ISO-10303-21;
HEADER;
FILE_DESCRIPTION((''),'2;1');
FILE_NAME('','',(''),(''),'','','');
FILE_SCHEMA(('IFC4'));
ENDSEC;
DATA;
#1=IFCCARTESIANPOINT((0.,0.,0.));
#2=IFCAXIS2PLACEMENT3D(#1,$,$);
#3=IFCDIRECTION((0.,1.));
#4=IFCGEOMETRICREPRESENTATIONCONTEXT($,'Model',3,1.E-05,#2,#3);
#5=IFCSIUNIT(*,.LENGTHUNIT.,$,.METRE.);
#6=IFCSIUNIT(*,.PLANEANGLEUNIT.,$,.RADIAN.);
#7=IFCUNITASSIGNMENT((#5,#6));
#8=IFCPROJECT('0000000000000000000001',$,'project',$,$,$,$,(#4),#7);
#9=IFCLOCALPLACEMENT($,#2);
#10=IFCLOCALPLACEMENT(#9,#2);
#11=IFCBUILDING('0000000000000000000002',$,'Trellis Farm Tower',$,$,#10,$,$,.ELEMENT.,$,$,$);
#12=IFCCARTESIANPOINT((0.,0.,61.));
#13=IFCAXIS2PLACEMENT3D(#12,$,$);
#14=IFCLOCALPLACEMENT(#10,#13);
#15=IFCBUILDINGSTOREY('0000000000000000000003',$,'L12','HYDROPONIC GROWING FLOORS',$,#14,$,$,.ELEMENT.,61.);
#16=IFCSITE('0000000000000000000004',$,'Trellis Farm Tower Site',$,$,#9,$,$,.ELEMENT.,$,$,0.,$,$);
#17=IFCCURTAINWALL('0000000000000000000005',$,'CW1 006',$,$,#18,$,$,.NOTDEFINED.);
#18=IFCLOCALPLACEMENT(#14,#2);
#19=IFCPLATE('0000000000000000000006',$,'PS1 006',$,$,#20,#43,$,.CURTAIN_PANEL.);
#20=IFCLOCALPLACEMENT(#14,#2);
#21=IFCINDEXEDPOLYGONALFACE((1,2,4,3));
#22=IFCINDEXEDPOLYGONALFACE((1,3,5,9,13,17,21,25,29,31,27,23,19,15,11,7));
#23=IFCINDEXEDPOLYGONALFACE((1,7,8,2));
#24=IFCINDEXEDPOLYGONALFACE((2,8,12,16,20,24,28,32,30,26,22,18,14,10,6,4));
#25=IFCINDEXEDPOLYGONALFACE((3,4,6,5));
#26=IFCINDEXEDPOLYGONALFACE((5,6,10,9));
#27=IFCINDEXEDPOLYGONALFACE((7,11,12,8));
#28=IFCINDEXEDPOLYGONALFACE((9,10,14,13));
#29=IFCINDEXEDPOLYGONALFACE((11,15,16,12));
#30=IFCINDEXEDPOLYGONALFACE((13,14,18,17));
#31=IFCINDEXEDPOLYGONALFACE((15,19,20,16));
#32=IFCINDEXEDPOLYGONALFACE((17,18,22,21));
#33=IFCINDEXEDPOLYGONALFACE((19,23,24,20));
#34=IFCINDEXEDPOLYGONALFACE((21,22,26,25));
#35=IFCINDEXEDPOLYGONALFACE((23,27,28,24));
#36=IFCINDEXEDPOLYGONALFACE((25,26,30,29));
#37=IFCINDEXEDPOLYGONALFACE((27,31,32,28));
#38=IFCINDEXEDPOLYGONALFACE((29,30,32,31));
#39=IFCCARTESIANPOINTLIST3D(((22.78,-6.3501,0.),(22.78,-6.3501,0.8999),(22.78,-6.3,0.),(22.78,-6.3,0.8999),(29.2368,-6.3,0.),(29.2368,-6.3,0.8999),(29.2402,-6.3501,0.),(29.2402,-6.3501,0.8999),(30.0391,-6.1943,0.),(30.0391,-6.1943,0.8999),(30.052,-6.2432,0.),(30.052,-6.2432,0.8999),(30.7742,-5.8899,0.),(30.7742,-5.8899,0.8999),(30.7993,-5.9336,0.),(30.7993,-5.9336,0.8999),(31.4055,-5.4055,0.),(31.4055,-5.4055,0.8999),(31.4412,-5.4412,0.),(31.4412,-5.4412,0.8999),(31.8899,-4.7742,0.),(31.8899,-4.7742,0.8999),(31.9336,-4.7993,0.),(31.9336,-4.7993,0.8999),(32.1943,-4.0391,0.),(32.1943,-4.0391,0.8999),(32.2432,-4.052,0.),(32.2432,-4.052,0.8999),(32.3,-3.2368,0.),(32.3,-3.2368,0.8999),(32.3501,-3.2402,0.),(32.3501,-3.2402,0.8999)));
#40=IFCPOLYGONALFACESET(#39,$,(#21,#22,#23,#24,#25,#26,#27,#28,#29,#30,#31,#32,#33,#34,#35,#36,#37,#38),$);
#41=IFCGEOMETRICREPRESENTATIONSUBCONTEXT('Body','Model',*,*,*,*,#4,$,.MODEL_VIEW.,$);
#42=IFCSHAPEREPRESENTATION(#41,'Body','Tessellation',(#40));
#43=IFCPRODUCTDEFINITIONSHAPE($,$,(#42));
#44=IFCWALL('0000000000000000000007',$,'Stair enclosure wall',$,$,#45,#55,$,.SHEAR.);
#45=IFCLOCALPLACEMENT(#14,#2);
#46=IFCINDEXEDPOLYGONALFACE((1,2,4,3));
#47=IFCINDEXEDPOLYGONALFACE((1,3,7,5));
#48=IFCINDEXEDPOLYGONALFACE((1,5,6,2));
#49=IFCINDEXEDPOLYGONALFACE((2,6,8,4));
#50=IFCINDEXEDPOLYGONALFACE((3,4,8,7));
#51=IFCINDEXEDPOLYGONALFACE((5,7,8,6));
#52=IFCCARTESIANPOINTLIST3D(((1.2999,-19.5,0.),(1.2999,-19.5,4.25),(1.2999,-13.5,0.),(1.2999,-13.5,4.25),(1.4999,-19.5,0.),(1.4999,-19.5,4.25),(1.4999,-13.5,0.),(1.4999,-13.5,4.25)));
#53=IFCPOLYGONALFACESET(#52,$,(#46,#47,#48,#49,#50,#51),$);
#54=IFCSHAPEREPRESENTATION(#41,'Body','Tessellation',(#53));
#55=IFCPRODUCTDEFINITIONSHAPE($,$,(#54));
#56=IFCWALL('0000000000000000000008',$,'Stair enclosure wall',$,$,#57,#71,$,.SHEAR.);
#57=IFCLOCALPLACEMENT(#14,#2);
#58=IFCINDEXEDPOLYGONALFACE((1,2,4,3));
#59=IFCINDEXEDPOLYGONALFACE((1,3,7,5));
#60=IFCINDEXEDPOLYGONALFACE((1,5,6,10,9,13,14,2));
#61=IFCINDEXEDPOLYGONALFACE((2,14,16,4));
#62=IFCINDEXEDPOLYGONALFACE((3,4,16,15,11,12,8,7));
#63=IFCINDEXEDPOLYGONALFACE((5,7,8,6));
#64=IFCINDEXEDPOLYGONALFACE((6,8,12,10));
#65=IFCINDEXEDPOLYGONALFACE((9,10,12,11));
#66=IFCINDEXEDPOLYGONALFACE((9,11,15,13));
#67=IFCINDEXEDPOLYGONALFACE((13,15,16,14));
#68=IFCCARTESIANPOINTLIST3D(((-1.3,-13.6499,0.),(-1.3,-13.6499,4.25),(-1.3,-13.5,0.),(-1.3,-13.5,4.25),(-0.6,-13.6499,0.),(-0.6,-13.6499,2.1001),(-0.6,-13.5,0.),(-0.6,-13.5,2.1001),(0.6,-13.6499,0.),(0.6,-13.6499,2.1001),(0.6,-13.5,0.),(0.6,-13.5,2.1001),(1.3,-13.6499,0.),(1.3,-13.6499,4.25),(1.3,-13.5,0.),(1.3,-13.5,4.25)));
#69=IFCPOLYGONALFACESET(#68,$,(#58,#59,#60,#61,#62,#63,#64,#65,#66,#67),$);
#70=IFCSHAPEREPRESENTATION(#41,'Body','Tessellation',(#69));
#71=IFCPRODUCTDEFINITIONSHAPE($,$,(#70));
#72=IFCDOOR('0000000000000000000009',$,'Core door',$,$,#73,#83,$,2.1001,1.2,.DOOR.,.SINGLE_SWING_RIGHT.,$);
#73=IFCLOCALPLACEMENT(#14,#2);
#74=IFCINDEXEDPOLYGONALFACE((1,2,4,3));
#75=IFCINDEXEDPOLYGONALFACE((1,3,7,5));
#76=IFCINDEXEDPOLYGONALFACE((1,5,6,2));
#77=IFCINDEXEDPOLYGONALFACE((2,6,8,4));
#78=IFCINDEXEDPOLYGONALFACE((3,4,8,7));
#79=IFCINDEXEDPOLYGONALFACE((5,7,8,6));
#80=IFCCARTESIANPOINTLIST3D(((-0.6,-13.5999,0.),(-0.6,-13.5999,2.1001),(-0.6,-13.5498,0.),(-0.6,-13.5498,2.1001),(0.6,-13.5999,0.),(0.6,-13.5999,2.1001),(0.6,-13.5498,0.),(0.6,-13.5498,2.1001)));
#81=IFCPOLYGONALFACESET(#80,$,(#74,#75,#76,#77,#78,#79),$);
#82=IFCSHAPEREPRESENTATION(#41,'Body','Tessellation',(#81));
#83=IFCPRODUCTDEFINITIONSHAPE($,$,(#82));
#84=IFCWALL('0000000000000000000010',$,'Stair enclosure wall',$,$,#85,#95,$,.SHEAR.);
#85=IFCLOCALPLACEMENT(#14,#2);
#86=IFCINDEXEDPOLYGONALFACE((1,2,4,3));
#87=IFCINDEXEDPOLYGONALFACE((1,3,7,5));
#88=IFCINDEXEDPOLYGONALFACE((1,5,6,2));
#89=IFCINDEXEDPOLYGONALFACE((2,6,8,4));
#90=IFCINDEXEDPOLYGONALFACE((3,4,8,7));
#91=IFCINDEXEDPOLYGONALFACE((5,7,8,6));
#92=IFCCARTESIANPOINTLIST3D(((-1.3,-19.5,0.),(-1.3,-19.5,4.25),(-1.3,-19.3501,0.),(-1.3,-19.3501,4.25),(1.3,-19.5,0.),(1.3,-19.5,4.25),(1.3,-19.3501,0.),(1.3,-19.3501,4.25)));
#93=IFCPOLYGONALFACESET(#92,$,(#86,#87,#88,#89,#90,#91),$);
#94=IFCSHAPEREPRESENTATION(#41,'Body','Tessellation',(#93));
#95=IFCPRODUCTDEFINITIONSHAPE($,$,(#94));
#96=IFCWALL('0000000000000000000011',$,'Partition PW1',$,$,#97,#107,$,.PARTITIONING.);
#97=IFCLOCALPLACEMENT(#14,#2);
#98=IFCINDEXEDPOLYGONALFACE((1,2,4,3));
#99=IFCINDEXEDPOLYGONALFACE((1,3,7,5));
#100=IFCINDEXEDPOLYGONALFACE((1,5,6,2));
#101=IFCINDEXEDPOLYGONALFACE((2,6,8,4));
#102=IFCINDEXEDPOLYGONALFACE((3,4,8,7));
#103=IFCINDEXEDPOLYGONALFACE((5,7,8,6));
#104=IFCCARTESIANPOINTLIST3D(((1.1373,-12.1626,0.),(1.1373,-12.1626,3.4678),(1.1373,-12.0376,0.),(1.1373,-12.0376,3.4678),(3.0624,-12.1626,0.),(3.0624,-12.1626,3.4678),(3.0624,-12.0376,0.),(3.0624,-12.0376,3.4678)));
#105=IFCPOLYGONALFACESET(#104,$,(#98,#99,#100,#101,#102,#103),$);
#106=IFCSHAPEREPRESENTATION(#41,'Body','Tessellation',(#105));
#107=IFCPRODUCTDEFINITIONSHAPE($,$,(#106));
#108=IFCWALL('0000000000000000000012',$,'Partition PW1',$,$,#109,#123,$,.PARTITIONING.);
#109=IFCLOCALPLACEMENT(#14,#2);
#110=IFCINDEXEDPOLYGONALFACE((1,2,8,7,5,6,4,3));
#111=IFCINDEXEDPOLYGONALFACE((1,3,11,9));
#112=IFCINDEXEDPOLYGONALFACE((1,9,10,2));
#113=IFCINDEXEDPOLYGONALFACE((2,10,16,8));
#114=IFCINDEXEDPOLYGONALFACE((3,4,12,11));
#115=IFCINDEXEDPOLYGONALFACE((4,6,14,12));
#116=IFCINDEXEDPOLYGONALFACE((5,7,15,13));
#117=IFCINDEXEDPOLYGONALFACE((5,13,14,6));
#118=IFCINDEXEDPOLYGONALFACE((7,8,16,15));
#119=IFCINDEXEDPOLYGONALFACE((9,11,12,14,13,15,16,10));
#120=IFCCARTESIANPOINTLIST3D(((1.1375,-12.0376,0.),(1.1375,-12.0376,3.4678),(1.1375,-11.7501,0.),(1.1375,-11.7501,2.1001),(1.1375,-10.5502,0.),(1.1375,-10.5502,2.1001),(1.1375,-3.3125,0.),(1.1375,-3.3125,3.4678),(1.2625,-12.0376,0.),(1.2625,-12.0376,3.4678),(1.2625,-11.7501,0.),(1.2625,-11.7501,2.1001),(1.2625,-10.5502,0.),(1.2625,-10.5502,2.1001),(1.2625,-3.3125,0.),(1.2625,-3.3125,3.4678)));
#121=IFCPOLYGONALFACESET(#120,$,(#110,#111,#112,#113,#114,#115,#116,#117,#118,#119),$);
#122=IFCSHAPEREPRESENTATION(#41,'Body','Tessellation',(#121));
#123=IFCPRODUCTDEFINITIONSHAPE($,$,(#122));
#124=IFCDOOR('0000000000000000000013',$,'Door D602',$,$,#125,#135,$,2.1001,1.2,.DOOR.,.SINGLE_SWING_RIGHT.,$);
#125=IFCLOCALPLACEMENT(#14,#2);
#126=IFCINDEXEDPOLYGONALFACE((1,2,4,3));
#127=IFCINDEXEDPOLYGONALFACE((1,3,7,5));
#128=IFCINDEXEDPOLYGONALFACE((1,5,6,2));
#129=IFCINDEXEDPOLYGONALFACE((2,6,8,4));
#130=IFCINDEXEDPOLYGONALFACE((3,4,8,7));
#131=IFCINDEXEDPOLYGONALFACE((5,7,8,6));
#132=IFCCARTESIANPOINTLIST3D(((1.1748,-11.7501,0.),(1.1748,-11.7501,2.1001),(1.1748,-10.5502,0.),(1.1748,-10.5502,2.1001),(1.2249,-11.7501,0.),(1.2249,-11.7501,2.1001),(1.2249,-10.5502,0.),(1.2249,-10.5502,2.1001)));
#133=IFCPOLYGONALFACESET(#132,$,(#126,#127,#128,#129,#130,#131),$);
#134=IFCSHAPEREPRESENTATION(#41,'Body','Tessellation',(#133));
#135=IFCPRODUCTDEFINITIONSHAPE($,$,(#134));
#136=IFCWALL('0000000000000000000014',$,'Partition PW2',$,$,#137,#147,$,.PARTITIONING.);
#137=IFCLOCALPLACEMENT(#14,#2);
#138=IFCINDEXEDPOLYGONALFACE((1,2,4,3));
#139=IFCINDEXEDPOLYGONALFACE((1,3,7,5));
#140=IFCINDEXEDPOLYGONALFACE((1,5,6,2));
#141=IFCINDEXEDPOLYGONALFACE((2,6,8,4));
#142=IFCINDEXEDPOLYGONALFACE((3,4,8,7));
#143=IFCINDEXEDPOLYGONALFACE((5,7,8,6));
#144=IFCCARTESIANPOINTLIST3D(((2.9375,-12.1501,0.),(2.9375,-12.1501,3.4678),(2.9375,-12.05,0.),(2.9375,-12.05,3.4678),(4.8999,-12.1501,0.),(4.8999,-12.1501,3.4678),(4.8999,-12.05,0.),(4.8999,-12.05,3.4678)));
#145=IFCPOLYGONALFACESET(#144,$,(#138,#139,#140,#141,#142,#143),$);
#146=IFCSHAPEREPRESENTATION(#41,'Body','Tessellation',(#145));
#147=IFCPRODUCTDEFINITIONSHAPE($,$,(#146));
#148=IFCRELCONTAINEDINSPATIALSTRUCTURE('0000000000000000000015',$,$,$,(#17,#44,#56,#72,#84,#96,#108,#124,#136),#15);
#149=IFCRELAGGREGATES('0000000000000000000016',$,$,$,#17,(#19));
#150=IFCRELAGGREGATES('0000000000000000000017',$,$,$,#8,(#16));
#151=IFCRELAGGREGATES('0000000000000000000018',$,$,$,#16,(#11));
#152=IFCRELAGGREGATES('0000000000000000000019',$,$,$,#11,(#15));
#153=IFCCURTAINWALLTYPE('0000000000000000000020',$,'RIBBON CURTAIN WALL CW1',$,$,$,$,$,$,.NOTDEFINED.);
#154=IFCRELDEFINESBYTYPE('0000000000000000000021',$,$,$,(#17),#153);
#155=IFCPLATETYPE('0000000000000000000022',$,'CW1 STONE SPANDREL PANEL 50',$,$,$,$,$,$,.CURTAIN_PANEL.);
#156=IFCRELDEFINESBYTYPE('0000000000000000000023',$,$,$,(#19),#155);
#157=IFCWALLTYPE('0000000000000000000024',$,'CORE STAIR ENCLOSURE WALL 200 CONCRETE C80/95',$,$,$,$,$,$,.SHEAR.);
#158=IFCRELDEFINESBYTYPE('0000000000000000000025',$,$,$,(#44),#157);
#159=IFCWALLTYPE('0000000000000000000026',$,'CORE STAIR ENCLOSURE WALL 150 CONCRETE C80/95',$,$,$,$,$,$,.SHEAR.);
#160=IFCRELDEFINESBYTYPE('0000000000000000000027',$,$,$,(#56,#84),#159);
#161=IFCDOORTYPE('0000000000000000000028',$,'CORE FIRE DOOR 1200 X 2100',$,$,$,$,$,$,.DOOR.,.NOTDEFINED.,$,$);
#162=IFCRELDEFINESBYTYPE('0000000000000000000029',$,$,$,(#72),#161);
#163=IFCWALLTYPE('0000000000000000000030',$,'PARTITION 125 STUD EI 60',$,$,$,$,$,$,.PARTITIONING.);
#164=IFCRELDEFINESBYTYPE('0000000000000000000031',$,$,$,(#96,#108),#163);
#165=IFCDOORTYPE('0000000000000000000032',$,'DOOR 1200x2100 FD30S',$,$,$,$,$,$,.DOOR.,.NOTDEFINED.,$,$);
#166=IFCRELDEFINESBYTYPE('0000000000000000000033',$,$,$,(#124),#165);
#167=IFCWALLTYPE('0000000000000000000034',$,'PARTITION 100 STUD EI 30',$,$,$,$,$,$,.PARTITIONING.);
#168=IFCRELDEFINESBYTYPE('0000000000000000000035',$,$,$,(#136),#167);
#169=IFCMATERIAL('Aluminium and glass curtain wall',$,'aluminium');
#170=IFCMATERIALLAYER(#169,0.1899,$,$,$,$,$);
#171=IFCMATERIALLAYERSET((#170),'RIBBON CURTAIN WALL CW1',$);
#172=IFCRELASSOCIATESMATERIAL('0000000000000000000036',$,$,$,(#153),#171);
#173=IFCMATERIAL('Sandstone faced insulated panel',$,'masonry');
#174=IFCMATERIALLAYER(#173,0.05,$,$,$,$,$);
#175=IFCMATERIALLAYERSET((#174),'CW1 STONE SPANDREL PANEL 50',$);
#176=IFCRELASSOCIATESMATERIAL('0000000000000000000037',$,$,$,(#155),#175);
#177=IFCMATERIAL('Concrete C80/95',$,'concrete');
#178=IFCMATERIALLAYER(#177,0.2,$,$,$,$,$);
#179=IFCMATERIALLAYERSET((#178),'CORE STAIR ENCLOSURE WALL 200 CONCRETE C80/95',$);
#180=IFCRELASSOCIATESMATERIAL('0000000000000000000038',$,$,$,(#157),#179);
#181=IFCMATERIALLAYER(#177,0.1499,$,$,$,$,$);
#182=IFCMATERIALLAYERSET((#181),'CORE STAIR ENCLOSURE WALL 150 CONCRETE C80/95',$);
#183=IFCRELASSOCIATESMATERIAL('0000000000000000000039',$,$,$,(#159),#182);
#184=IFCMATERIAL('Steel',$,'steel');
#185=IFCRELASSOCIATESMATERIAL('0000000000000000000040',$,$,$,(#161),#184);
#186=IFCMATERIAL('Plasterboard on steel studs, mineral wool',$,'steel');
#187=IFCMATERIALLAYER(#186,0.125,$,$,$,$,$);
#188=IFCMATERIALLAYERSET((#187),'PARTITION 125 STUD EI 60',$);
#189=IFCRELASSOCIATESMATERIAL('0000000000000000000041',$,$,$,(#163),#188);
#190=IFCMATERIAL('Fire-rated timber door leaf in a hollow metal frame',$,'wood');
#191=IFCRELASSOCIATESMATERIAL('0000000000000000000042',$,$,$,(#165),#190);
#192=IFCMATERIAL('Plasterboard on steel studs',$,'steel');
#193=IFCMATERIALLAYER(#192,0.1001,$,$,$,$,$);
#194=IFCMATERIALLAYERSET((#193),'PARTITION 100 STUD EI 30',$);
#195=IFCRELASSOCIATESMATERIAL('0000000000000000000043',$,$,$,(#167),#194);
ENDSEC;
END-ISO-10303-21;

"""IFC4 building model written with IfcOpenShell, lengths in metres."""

from ifc_helpers import new_model, si_unit, direction, frame, frame_2d, origin, place, context, subcontext, project, spatial, polyline, rectangle, outline, extrude, source, transform, mapped, material, layer, layer_set, type_object, element, fill, aggregate, save


model = new_model("IFC4")

# Units and contexts
model_context = context("Model", 3, precision=1e-05, world=origin(), true_north=direction((0.0, 1.0)))
body_context = subcontext(model_context, "Body", "Model", "MODEL_VIEW")
ifc_project = project(units=[si_unit("LENGTHUNIT", "METRE"), si_unit("PLANEANGLEUNIT", "RADIAN")], contexts=[model_context])

# Site, building, storey
site_placement = place(None, origin())
site = spatial("IfcSite", under=ifc_project, at=site_placement, Name="Trellis Farm Tower Site", CompositionType="ELEMENT", RefElevation=0.0)
building_placement = place(site_placement, origin())
building = spatial("IfcBuilding", under=site, at=building_placement, Name="Trellis Farm Tower", CompositionType="ELEMENT")
storey_placement = place(building_placement, frame((0.0, 0.0, 61.0)))
storey = spatial("IfcBuildingStorey", under=building, at=storey_placement, Name="L12", Description="HYDROPONIC GROWING FLOORS", CompositionType="ELEMENT", Elevation=61.0)

# Shared definitions
ifc_material_1 = material(Name="Aluminium and glass curtain wall", Category="aluminium")
placement = place(storey_placement, origin())

# Curtain wall, plate
ifc_layer_1 = layer(ifc_material_1, 0.1899)
ifc_layer_set_1 = layer_set([ifc_layer_1], Name="RIBBON CURTAIN WALL CW1")
curtain_wall_type_1 = type_object("IfcCurtainWallType", Name="RIBBON CURTAIN WALL CW1", PredefinedType="NOTDEFINED", material=ifc_layer_set_1)
curtain_wall_1 = element("IfcCurtainWall", 1, at=placement, inside=storey, type_object=curtain_wall_type_1, Name="CW1 006", PredefinedType="NOTDEFINED")
ifc_material_2 = material(Name="Sandstone faced insulated panel", Category="masonry")
ifc_layer_2 = layer(ifc_material_2, 0.05)
ifc_layer_set_2 = layer_set([ifc_layer_2], Name="CW1 STONE SPANDREL PANEL 50")
plate_type_1 = type_object("IfcPlateType", Name="CW1 STONE SPANDREL PANEL 50", PredefinedType="CURTAIN_PANEL", material=ifc_layer_set_2)
shared_shape_1 = source(origin(), body_context, "Body", "SweptSolid", [
    extrude(outline(polyline([(22.78, -6.3501), (29.2402, -6.3501), (30.052, -6.2432), (30.7993, -5.9336), (31.4412, -5.4412), (31.9336, -4.7993), (32.2432, -4.052), (32.3501, -3.2402), (32.3, -3.2368), (32.1943, -4.0391), (31.8899, -4.7742), (31.4055, -5.4055), (30.7742, -5.8899), (30.0391, -6.1943), (29.2368, -6.3), (22.78, -6.3), (22.78, -6.3501)])), origin(), (0.0, 0.0, 1.0), 0.8999),
])
plate_1 = element("IfcPlate", 2, at=placement, type_object=plate_type_1, Name="PS1 006", PredefinedType="CURTAIN_PANEL", context=body_context, shape_type="MappedRepresentation", body=[
    mapped(shared_shape_1, transform((0.0, 0.0, 0.0))),
])
aggregate(curtain_wall_1, [plate_1])

# Wall
ifc_material_3 = material(Name="Concrete C80/95", Category="concrete")
ifc_layer_3 = layer(ifc_material_3, 0.2)
ifc_layer_set_3 = layer_set([ifc_layer_3], Name="CORE STAIR ENCLOSURE WALL 200 CONCRETE C80/95")
wall_type_1 = type_object("IfcWallType", Name="CORE STAIR ENCLOSURE WALL 200 CONCRETE C80/95", PredefinedType="SHEAR", material=ifc_layer_set_3)
shared_shape_2 = source(origin(), body_context, "Body", "SweptSolid", [
    extrude(rectangle(XDim=6.0, YDim=0.2, at=frame_2d((3.0, 0.0))), origin(), (0.0, 0.0, 1.0), 4.25),
])
wall_1_placement = place(storey_placement, frame((1.3999, -13.5, 0.0), z_axis=(0.0, 0.0, 1.0), x_axis=(0.0, -1.0, 0.0)))
element("IfcWall", 3, at=wall_1_placement, inside=storey, type_object=wall_type_1, Name="Stair enclosure wall", PredefinedType="SHEAR", context=body_context, shape_type="MappedRepresentation", body=[
    mapped(shared_shape_2, transform((0.0, 0.0, 0.0))),
])

# Wall, opening, door
ifc_layer_4 = layer(ifc_material_3, 0.1499)
ifc_layer_set_4 = layer_set([ifc_layer_4], Name="CORE STAIR ENCLOSURE WALL 150 CONCRETE C80/95")
wall_type_2 = type_object("IfcWallType", Name="CORE STAIR ENCLOSURE WALL 150 CONCRETE C80/95", PredefinedType="SHEAR", material=ifc_layer_set_4)
shared_shape_3 = source(origin(), body_context, "Body", "SweptSolid", [
    extrude(rectangle(XDim=2.6001, YDim=0.1499, at=frame_2d((1.3, 0.0))), origin(), (0.0, 0.0, 1.0), 4.25),
])
wall_2_placement = place(storey_placement, frame((1.3, -13.575, 0.0), z_axis=(0.0, 0.0, 1.0), x_axis=(-1.0, 0.0, 0.0)))
wall_2 = element("IfcWall", 4, at=wall_2_placement, inside=storey, type_object=wall_type_2, Name="Stair enclosure wall", PredefinedType="SHEAR", context=body_context, shape_type="MappedRepresentation", body=[
    mapped(shared_shape_3, transform((0.0, 0.0, 0.0))),
])
shared_shape_4 = source(origin(), body_context, "Body", "SweptSolid", [
    extrude(rectangle(XDim=1.2, YDim=2.1001, at=frame_2d((0.6001, 1.05))), frame((0.0, 0.085, 0.0), z_axis=(0.0, -1.0, 0.0), x_axis=(1.0, 0.0, 0.0)), (0.0, 0.0, 1.0), 0.1699),
])
opening_1_placement = place(wall_2_placement, frame((0.7, 0.0, 0.0)))
opening_1 = element("IfcOpeningElement", 5, at=opening_1_placement, cuts=wall_2, PredefinedType="OPENING", context=body_context, shape_type="MappedRepresentation", body=[
    mapped(shared_shape_4, transform((0.0, 0.0, 0.0))),
])
ifc_material_4 = material(Name="Steel", Category="steel")
door_type_1 = type_object("IfcDoorType", Name="CORE FIRE DOOR 1200 X 2100", OperationType="NOTDEFINED", PredefinedType="DOOR", material=ifc_material_4)
shared_shape_5 = source(origin(), body_context, "Body", "SweptSolid", [
    extrude(rectangle(XDim=1.2, YDim=2.1001, at=frame_2d((0.6001, 1.05))), frame((0.0, 0.0249, 0.0), z_axis=(0.0, -1.0, 0.0), x_axis=(1.0, 0.0, 0.0)), (0.0, 0.0, 1.0), 0.05),
])
door_1_placement = place(opening_1_placement, origin())
door_1 = element("IfcDoor", 6, at=door_1_placement, inside=storey, type_object=door_type_1, Name="Core door", OperationType="SINGLE_SWING_RIGHT", OverallHeight=2.1001, OverallWidth=1.2, PredefinedType="DOOR", context=body_context, shape_type="MappedRepresentation", body=[
    mapped(shared_shape_5, transform((0.0, 0.0, 0.0))),
])
fill(opening_1, door_1)

# Walls
wall_3_placement = place(storey_placement, frame((1.3, -19.425, 0.0), z_axis=(0.0, 0.0, 1.0), x_axis=(-1.0, 0.0, 0.0)))
element("IfcWall", 7, at=wall_3_placement, inside=storey, type_object=wall_type_2, Name="Stair enclosure wall", PredefinedType="SHEAR", context=body_context, shape_type="MappedRepresentation", body=[
    mapped(shared_shape_3, transform((0.0, 0.0, 0.0))),
])
ifc_material_5 = material(Name="Plasterboard on steel studs, mineral wool", Category="steel")
ifc_layer_5 = layer(ifc_material_5, 0.125)
ifc_layer_set_5 = layer_set([ifc_layer_5], Name="PARTITION 125 STUD EI 60")
wall_type_3 = type_object("IfcWallType", Name="PARTITION 125 STUD EI 60", PredefinedType="PARTITIONING", material=ifc_layer_set_5)
shared_shape_6 = source(origin(), body_context, "Body", "SweptSolid", [
    extrude(rectangle(XDim=1.925, YDim=0.125, at=frame_2d((0.9624, 0.0))), origin(), (0.0, 0.0, 1.0), 3.4678),
])
wall_4_placement = place(storey_placement, frame((1.1375, -12.1001, 0.0), z_axis=(0.0, 0.0, 1.0), x_axis=(1.0, 0.0, 0.0)))
element("IfcWall", 8, at=wall_4_placement, inside=storey, type_object=wall_type_3, Name="Partition PW1", PredefinedType="PARTITIONING", context=body_context, shape_type="MappedRepresentation", body=[
    mapped(shared_shape_6, transform((0.0, 0.0, 0.0))),
])

# Wall, opening, door
shared_shape_7 = source(origin(), body_context, "Body", "SweptSolid", [
    extrude(rectangle(XDim=8.7251, YDim=0.125, at=frame_2d((4.3625, 0.0))), origin(), (0.0, 0.0, 1.0), 3.4678),
])
wall_5_placement = place(storey_placement, frame((1.2, -3.3125, 0.0), z_axis=(0.0, 0.0, 1.0), x_axis=(0.0, -1.0, 0.0)))
wall_5 = element("IfcWall", 9, at=wall_5_placement, inside=storey, type_object=wall_type_3, Name="Partition PW1", PredefinedType="PARTITIONING", context=body_context, shape_type="MappedRepresentation", body=[
    mapped(shared_shape_7, transform((0.0, 0.0, 0.0))),
])
shared_shape_8 = source(origin(), body_context, "Body", "SweptSolid", [
    extrude(rectangle(XDim=1.2, YDim=2.1001, at=frame_2d((0.6001, 1.05))), frame((0.0, 0.0725, 0.0), z_axis=(0.0, -1.0, 0.0), x_axis=(1.0, 0.0, 0.0)), (0.0, 0.0, 1.0), 0.145),
])
opening_2_placement = place(wall_5_placement, frame((7.2375, 0.0, 0.0)))
opening_2 = element("IfcOpeningElement", 10, at=opening_2_placement, cuts=wall_5, PredefinedType="OPENING", context=body_context, shape_type="MappedRepresentation", body=[
    mapped(shared_shape_8, transform((0.0, 0.0, 0.0))),
])
ifc_material_6 = material(Name="Fire-rated timber door leaf in a hollow metal frame", Category="wood")
door_type_2 = type_object("IfcDoorType", Name="DOOR 1200x2100 FD30S", OperationType="NOTDEFINED", PredefinedType="DOOR", material=ifc_material_6)
door_2_placement = place(opening_2_placement, origin())
door_2 = element("IfcDoor", 11, at=door_2_placement, inside=storey, type_object=door_type_2, Name="Door D602", OperationType="SINGLE_SWING_RIGHT", OverallHeight=2.1001, OverallWidth=1.2, PredefinedType="DOOR", context=body_context, shape_type="MappedRepresentation", body=[
    mapped(shared_shape_5, transform((0.0, 0.0, 0.0))),
])
fill(opening_2, door_2)

# Wall
ifc_material_7 = material(Name="Plasterboard on steel studs", Category="steel")
ifc_layer_6 = layer(ifc_material_7, 0.1001)
ifc_layer_set_6 = layer_set([ifc_layer_6], Name="PARTITION 100 STUD EI 30")
wall_type_4 = type_object("IfcWallType", Name="PARTITION 100 STUD EI 30", PredefinedType="PARTITIONING", material=ifc_layer_set_6)
shared_shape_9 = source(origin(), body_context, "Body", "SweptSolid", [
    extrude(rectangle(XDim=1.9624, YDim=0.1001, at=frame_2d((0.9812, 0.0))), origin(), (0.0, 0.0, 1.0), 3.4678),
])
wall_6_placement = place(storey_placement, frame((2.9375, -12.1001, 0.0), z_axis=(0.0, 0.0, 1.0), x_axis=(1.0, 0.0, 0.0)))
element("IfcWall", 12, at=wall_6_placement, inside=storey, type_object=wall_type_4, Name="Partition PW2", PredefinedType="PARTITIONING", context=body_context, shape_type="MappedRepresentation", body=[
    mapped(shared_shape_9, transform((0.0, 0.0, 0.0))),
])

save(model, "model.ifc")
